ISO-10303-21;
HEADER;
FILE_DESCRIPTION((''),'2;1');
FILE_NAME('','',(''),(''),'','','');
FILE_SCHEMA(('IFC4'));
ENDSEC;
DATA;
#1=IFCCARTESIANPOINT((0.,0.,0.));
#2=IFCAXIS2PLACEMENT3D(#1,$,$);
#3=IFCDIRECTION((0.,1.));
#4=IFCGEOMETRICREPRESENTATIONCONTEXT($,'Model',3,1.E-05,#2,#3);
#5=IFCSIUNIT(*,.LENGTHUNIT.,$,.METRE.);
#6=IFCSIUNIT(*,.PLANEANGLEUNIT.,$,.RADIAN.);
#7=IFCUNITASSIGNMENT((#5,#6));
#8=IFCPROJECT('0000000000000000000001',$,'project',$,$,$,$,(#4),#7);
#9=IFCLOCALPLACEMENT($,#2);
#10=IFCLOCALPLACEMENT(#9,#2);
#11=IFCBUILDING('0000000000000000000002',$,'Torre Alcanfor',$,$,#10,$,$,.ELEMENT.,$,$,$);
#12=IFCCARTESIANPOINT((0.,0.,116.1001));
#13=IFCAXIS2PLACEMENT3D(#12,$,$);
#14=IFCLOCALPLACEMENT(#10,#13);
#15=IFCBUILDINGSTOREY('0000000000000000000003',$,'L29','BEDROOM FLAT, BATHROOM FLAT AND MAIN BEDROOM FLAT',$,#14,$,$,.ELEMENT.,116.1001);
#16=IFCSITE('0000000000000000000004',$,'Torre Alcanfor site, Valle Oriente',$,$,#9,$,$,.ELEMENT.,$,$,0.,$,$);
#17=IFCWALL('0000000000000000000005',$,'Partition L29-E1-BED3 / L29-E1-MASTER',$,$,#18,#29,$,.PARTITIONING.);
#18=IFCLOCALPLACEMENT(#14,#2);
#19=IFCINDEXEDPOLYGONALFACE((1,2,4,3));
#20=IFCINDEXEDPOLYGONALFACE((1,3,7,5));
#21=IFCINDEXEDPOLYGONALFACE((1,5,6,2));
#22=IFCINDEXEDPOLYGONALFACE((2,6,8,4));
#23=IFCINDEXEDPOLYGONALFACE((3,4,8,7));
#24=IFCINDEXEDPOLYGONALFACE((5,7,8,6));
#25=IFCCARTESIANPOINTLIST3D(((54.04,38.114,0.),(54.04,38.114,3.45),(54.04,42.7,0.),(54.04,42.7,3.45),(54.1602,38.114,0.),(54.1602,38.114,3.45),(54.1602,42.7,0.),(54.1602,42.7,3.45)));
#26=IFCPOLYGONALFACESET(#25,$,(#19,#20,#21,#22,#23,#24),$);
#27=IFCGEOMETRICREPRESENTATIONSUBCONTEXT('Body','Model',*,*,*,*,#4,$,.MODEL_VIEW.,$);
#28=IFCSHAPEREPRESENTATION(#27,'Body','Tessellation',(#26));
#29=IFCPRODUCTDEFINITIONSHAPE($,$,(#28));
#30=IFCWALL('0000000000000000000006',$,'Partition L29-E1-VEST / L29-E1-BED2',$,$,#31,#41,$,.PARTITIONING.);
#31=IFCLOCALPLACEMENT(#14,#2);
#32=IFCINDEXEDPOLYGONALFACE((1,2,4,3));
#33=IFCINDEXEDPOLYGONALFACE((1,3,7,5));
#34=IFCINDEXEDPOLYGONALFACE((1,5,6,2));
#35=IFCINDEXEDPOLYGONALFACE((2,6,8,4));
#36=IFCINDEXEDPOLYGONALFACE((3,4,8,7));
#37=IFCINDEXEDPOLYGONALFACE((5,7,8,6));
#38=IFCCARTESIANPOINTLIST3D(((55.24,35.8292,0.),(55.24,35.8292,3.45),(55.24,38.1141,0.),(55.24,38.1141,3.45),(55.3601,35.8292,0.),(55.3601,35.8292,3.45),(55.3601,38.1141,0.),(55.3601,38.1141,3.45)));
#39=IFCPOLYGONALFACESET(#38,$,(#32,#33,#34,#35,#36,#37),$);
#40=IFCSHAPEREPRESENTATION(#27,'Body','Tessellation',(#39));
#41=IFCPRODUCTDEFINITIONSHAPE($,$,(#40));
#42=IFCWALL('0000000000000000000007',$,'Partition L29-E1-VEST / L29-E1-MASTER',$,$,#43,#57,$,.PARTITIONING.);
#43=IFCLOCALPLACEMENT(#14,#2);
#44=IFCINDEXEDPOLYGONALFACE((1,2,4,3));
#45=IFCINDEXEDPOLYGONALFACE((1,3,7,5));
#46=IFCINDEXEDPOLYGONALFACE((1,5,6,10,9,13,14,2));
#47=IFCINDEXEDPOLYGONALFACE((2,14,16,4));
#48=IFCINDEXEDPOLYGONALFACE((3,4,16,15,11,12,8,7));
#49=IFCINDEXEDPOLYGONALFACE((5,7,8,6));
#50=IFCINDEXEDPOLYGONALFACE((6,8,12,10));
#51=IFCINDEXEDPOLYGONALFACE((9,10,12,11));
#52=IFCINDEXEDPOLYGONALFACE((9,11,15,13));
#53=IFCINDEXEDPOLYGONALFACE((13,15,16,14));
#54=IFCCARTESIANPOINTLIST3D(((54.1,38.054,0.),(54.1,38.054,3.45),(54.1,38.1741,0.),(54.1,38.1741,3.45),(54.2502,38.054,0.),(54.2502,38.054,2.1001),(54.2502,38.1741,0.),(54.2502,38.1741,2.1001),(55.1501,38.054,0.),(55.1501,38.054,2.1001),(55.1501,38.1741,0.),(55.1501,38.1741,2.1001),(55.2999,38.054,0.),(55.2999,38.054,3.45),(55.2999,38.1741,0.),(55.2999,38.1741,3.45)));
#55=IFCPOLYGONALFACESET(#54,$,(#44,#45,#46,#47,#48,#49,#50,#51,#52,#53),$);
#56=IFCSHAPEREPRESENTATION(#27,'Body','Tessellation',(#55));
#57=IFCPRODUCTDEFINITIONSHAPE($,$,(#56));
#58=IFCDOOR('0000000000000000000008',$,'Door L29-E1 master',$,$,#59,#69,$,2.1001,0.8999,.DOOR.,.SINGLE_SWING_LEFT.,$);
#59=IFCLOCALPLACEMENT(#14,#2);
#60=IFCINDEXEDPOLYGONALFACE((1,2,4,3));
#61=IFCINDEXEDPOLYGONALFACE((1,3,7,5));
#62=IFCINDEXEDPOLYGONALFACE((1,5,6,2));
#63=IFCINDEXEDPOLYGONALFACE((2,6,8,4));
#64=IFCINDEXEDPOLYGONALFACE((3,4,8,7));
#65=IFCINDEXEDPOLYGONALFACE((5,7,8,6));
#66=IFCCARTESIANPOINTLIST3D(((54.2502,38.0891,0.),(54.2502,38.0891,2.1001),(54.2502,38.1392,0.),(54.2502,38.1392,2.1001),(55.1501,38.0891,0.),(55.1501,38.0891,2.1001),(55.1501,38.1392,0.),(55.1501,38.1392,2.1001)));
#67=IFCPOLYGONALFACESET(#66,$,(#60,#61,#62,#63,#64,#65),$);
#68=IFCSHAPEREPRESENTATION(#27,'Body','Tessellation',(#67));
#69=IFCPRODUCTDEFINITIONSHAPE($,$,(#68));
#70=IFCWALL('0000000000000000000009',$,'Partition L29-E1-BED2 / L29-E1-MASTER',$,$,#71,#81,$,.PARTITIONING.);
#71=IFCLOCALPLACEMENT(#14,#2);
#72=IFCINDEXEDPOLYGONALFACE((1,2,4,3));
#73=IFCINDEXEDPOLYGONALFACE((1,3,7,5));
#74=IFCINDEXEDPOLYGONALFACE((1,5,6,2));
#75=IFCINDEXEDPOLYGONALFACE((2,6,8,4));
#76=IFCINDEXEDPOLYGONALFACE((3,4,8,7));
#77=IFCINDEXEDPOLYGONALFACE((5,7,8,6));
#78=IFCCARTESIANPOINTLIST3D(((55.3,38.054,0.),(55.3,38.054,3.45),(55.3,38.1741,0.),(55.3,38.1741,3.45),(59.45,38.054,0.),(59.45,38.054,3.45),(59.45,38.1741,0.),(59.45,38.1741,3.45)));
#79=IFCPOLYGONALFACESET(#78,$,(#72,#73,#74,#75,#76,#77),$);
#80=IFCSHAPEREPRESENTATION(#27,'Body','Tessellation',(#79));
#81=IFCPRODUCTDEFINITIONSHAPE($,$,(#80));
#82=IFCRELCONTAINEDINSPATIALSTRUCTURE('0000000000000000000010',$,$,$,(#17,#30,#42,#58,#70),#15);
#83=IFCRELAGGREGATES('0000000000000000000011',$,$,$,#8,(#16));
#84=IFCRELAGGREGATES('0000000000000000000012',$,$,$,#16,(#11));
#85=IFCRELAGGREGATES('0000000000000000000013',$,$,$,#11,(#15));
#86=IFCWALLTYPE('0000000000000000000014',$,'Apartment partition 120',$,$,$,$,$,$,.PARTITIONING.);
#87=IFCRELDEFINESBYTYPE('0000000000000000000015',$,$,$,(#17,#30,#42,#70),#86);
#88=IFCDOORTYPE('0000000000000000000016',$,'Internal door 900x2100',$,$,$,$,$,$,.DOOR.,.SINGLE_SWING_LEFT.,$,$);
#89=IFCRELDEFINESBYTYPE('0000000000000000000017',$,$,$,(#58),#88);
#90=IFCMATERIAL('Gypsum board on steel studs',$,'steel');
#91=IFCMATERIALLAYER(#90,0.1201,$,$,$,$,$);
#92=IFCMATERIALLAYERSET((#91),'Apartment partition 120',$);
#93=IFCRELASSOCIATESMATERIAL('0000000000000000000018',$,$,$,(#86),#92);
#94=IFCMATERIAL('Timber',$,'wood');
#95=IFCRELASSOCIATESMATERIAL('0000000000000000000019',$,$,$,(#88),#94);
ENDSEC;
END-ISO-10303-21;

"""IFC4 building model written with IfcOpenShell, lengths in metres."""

from ifc_helpers import new_model, si_unit, direction, frame, frame_2d, origin, place, context, subcontext, project, spatial, rectangle, extrude, material, layer, layer_set, type_object, element, fill, save


model = new_model("IFC4")

# Units and contexts
model_context = context("Model", 3, precision=1e-05, world=origin(), true_north=direction((0.0, 1.0)))
body_context = subcontext(model_context, "Body", "Model", "MODEL_VIEW")
ifc_project = project(units=[si_unit("LENGTHUNIT", "METRE"), si_unit("PLANEANGLEUNIT", "RADIAN")], contexts=[model_context])

# Site, building, storey
site_placement = place(None, origin())
site = spatial("IfcSite", under=ifc_project, at=site_placement, Name="Torre Alcanfor site, Valle Oriente", CompositionType="ELEMENT", RefElevation=0.0)
building_placement = place(site_placement, origin())
building = spatial("IfcBuilding", under=site, at=building_placement, Name="Torre Alcanfor", CompositionType="ELEMENT")
storey_placement = place(building_placement, frame((0.0, 0.0, 116.1001)))
storey = spatial("IfcBuildingStorey", under=building, at=storey_placement, Name="L29", Description="BEDROOM FLAT, BATHROOM FLAT AND MAIN BEDROOM FLAT", CompositionType="ELEMENT", Elevation=116.1001)

# Shared definitions
ifc_material_1 = material(Name="Gypsum board on steel studs", Category="steel")
ifc_layer_1 = layer(ifc_material_1, 0.1201)
ifc_layer_set_1 = layer_set([ifc_layer_1], Name="Apartment partition 120")
wall_type_1 = type_object("IfcWallType", Name="Apartment partition 120", PredefinedType="PARTITIONING", material=ifc_layer_set_1)
ifc_material_2 = material(Name="Timber", Category="wood")
door_type_1 = type_object("IfcDoorType", Name="Internal door 900x2100", OperationType="SINGLE_SWING_LEFT", PredefinedType="DOOR", material=ifc_material_2)

# Walls
wall_1_placement = place(storey_placement, frame((54.1001, 38.114, 0.0), z_axis=(0.0, 0.0, 1.0), x_axis=(0.0, 1.0, 0.0)))
element("IfcWall", 1, at=wall_1_placement, inside=storey, type_object=wall_type_1, Name="Partition L29-E1-BED3 / L29-E1-MASTER", PredefinedType="PARTITIONING", context=body_context, shape_type="SweptSolid", body=[
    extrude(rectangle(XDim=4.5859, YDim=0.1201, at=frame_2d((2.293, 0.0))), origin(), (0.0, 0.0, 1.0), 3.45),
])
wall_2_placement = place(storey_placement, frame((55.3, 35.8291, 0.0), z_axis=(0.0, 0.0, 1.0), x_axis=(0.0, 1.0, 0.0)))
element("IfcWall", 2, at=wall_2_placement, inside=storey, type_object=wall_type_1, Name="Partition L29-E1-VEST / L29-E1-BED2", PredefinedType="PARTITIONING", context=body_context, shape_type="SweptSolid", body=[
    extrude(rectangle(XDim=2.2849, YDim=0.1201, at=frame_2d((1.1426, 0.0))), origin(), (0.0, 0.0, 1.0), 3.45),
])

# Wall, opening, door
wall_3_placement = place(storey_placement, frame((55.3, 38.114, 0.0), z_axis=(0.0, 0.0, 1.0), x_axis=(-1.0, 0.0, 0.0)))
wall_3 = element("IfcWall", 3, at=wall_3_placement, inside=storey, type_object=wall_type_1, Name="Partition L29-E1-VEST / L29-E1-MASTER", PredefinedType="PARTITIONING", context=body_context, shape_type="SweptSolid", body=[
    extrude(rectangle(XDim=1.2, YDim=0.1201, at=frame_2d((0.6001, 0.0))), origin(), (0.0, 0.0, 1.0), 3.45),
])
opening_1_placement = place(wall_3_placement, frame((0.1499, 0.0, 0.0)))
opening_1 = element("IfcOpeningElement", 4, at=opening_1_placement, cuts=wall_3, PredefinedType="OPENING", context=body_context, shape_type="SweptSolid", body=[
    extrude(rectangle(XDim=0.8999, YDim=2.1001, at=frame_2d((0.45, 1.05))), frame((0.0, 0.0701, 0.0), z_axis=(0.0, -1.0, 0.0), x_axis=(1.0, 0.0, 0.0)), (0.0, 0.0, 1.0), 0.1401),
])
door_1_placement = place(opening_1_placement, origin())
door_1 = element("IfcDoor", 5, at=door_1_placement, inside=storey, type_object=door_type_1, Name="Door L29-E1 master", OperationType="SINGLE_SWING_LEFT", OverallHeight=2.1001, OverallWidth=0.8999, PredefinedType="DOOR", context=body_context, shape_type="SweptSolid", body=[
    extrude(rectangle(XDim=0.8999, YDim=2.1001, at=frame_2d((0.45, 1.05))), frame((0.0, 0.0249, 0.0), z_axis=(0.0, -1.0, 0.0), x_axis=(1.0, 0.0, 0.0)), (0.0, 0.0, 1.0), 0.05),
])
fill(opening_1, door_1)

# Wall
wall_4_placement = place(storey_placement, frame((59.45, 38.114, 0.0), z_axis=(0.0, 0.0, 1.0), x_axis=(-1.0, 0.0, 0.0)))
element("IfcWall", 6, at=wall_4_placement, inside=storey, type_object=wall_type_1, Name="Partition L29-E1-BED2 / L29-E1-MASTER", PredefinedType="PARTITIONING", context=body_context, shape_type="SweptSolid", body=[
    extrude(rectangle(XDim=4.1499, YDim=0.1201, at=frame_2d((2.075, 0.0))), origin(), (0.0, 0.0, 1.0), 3.45),
])

save(model, "model.ifc")
